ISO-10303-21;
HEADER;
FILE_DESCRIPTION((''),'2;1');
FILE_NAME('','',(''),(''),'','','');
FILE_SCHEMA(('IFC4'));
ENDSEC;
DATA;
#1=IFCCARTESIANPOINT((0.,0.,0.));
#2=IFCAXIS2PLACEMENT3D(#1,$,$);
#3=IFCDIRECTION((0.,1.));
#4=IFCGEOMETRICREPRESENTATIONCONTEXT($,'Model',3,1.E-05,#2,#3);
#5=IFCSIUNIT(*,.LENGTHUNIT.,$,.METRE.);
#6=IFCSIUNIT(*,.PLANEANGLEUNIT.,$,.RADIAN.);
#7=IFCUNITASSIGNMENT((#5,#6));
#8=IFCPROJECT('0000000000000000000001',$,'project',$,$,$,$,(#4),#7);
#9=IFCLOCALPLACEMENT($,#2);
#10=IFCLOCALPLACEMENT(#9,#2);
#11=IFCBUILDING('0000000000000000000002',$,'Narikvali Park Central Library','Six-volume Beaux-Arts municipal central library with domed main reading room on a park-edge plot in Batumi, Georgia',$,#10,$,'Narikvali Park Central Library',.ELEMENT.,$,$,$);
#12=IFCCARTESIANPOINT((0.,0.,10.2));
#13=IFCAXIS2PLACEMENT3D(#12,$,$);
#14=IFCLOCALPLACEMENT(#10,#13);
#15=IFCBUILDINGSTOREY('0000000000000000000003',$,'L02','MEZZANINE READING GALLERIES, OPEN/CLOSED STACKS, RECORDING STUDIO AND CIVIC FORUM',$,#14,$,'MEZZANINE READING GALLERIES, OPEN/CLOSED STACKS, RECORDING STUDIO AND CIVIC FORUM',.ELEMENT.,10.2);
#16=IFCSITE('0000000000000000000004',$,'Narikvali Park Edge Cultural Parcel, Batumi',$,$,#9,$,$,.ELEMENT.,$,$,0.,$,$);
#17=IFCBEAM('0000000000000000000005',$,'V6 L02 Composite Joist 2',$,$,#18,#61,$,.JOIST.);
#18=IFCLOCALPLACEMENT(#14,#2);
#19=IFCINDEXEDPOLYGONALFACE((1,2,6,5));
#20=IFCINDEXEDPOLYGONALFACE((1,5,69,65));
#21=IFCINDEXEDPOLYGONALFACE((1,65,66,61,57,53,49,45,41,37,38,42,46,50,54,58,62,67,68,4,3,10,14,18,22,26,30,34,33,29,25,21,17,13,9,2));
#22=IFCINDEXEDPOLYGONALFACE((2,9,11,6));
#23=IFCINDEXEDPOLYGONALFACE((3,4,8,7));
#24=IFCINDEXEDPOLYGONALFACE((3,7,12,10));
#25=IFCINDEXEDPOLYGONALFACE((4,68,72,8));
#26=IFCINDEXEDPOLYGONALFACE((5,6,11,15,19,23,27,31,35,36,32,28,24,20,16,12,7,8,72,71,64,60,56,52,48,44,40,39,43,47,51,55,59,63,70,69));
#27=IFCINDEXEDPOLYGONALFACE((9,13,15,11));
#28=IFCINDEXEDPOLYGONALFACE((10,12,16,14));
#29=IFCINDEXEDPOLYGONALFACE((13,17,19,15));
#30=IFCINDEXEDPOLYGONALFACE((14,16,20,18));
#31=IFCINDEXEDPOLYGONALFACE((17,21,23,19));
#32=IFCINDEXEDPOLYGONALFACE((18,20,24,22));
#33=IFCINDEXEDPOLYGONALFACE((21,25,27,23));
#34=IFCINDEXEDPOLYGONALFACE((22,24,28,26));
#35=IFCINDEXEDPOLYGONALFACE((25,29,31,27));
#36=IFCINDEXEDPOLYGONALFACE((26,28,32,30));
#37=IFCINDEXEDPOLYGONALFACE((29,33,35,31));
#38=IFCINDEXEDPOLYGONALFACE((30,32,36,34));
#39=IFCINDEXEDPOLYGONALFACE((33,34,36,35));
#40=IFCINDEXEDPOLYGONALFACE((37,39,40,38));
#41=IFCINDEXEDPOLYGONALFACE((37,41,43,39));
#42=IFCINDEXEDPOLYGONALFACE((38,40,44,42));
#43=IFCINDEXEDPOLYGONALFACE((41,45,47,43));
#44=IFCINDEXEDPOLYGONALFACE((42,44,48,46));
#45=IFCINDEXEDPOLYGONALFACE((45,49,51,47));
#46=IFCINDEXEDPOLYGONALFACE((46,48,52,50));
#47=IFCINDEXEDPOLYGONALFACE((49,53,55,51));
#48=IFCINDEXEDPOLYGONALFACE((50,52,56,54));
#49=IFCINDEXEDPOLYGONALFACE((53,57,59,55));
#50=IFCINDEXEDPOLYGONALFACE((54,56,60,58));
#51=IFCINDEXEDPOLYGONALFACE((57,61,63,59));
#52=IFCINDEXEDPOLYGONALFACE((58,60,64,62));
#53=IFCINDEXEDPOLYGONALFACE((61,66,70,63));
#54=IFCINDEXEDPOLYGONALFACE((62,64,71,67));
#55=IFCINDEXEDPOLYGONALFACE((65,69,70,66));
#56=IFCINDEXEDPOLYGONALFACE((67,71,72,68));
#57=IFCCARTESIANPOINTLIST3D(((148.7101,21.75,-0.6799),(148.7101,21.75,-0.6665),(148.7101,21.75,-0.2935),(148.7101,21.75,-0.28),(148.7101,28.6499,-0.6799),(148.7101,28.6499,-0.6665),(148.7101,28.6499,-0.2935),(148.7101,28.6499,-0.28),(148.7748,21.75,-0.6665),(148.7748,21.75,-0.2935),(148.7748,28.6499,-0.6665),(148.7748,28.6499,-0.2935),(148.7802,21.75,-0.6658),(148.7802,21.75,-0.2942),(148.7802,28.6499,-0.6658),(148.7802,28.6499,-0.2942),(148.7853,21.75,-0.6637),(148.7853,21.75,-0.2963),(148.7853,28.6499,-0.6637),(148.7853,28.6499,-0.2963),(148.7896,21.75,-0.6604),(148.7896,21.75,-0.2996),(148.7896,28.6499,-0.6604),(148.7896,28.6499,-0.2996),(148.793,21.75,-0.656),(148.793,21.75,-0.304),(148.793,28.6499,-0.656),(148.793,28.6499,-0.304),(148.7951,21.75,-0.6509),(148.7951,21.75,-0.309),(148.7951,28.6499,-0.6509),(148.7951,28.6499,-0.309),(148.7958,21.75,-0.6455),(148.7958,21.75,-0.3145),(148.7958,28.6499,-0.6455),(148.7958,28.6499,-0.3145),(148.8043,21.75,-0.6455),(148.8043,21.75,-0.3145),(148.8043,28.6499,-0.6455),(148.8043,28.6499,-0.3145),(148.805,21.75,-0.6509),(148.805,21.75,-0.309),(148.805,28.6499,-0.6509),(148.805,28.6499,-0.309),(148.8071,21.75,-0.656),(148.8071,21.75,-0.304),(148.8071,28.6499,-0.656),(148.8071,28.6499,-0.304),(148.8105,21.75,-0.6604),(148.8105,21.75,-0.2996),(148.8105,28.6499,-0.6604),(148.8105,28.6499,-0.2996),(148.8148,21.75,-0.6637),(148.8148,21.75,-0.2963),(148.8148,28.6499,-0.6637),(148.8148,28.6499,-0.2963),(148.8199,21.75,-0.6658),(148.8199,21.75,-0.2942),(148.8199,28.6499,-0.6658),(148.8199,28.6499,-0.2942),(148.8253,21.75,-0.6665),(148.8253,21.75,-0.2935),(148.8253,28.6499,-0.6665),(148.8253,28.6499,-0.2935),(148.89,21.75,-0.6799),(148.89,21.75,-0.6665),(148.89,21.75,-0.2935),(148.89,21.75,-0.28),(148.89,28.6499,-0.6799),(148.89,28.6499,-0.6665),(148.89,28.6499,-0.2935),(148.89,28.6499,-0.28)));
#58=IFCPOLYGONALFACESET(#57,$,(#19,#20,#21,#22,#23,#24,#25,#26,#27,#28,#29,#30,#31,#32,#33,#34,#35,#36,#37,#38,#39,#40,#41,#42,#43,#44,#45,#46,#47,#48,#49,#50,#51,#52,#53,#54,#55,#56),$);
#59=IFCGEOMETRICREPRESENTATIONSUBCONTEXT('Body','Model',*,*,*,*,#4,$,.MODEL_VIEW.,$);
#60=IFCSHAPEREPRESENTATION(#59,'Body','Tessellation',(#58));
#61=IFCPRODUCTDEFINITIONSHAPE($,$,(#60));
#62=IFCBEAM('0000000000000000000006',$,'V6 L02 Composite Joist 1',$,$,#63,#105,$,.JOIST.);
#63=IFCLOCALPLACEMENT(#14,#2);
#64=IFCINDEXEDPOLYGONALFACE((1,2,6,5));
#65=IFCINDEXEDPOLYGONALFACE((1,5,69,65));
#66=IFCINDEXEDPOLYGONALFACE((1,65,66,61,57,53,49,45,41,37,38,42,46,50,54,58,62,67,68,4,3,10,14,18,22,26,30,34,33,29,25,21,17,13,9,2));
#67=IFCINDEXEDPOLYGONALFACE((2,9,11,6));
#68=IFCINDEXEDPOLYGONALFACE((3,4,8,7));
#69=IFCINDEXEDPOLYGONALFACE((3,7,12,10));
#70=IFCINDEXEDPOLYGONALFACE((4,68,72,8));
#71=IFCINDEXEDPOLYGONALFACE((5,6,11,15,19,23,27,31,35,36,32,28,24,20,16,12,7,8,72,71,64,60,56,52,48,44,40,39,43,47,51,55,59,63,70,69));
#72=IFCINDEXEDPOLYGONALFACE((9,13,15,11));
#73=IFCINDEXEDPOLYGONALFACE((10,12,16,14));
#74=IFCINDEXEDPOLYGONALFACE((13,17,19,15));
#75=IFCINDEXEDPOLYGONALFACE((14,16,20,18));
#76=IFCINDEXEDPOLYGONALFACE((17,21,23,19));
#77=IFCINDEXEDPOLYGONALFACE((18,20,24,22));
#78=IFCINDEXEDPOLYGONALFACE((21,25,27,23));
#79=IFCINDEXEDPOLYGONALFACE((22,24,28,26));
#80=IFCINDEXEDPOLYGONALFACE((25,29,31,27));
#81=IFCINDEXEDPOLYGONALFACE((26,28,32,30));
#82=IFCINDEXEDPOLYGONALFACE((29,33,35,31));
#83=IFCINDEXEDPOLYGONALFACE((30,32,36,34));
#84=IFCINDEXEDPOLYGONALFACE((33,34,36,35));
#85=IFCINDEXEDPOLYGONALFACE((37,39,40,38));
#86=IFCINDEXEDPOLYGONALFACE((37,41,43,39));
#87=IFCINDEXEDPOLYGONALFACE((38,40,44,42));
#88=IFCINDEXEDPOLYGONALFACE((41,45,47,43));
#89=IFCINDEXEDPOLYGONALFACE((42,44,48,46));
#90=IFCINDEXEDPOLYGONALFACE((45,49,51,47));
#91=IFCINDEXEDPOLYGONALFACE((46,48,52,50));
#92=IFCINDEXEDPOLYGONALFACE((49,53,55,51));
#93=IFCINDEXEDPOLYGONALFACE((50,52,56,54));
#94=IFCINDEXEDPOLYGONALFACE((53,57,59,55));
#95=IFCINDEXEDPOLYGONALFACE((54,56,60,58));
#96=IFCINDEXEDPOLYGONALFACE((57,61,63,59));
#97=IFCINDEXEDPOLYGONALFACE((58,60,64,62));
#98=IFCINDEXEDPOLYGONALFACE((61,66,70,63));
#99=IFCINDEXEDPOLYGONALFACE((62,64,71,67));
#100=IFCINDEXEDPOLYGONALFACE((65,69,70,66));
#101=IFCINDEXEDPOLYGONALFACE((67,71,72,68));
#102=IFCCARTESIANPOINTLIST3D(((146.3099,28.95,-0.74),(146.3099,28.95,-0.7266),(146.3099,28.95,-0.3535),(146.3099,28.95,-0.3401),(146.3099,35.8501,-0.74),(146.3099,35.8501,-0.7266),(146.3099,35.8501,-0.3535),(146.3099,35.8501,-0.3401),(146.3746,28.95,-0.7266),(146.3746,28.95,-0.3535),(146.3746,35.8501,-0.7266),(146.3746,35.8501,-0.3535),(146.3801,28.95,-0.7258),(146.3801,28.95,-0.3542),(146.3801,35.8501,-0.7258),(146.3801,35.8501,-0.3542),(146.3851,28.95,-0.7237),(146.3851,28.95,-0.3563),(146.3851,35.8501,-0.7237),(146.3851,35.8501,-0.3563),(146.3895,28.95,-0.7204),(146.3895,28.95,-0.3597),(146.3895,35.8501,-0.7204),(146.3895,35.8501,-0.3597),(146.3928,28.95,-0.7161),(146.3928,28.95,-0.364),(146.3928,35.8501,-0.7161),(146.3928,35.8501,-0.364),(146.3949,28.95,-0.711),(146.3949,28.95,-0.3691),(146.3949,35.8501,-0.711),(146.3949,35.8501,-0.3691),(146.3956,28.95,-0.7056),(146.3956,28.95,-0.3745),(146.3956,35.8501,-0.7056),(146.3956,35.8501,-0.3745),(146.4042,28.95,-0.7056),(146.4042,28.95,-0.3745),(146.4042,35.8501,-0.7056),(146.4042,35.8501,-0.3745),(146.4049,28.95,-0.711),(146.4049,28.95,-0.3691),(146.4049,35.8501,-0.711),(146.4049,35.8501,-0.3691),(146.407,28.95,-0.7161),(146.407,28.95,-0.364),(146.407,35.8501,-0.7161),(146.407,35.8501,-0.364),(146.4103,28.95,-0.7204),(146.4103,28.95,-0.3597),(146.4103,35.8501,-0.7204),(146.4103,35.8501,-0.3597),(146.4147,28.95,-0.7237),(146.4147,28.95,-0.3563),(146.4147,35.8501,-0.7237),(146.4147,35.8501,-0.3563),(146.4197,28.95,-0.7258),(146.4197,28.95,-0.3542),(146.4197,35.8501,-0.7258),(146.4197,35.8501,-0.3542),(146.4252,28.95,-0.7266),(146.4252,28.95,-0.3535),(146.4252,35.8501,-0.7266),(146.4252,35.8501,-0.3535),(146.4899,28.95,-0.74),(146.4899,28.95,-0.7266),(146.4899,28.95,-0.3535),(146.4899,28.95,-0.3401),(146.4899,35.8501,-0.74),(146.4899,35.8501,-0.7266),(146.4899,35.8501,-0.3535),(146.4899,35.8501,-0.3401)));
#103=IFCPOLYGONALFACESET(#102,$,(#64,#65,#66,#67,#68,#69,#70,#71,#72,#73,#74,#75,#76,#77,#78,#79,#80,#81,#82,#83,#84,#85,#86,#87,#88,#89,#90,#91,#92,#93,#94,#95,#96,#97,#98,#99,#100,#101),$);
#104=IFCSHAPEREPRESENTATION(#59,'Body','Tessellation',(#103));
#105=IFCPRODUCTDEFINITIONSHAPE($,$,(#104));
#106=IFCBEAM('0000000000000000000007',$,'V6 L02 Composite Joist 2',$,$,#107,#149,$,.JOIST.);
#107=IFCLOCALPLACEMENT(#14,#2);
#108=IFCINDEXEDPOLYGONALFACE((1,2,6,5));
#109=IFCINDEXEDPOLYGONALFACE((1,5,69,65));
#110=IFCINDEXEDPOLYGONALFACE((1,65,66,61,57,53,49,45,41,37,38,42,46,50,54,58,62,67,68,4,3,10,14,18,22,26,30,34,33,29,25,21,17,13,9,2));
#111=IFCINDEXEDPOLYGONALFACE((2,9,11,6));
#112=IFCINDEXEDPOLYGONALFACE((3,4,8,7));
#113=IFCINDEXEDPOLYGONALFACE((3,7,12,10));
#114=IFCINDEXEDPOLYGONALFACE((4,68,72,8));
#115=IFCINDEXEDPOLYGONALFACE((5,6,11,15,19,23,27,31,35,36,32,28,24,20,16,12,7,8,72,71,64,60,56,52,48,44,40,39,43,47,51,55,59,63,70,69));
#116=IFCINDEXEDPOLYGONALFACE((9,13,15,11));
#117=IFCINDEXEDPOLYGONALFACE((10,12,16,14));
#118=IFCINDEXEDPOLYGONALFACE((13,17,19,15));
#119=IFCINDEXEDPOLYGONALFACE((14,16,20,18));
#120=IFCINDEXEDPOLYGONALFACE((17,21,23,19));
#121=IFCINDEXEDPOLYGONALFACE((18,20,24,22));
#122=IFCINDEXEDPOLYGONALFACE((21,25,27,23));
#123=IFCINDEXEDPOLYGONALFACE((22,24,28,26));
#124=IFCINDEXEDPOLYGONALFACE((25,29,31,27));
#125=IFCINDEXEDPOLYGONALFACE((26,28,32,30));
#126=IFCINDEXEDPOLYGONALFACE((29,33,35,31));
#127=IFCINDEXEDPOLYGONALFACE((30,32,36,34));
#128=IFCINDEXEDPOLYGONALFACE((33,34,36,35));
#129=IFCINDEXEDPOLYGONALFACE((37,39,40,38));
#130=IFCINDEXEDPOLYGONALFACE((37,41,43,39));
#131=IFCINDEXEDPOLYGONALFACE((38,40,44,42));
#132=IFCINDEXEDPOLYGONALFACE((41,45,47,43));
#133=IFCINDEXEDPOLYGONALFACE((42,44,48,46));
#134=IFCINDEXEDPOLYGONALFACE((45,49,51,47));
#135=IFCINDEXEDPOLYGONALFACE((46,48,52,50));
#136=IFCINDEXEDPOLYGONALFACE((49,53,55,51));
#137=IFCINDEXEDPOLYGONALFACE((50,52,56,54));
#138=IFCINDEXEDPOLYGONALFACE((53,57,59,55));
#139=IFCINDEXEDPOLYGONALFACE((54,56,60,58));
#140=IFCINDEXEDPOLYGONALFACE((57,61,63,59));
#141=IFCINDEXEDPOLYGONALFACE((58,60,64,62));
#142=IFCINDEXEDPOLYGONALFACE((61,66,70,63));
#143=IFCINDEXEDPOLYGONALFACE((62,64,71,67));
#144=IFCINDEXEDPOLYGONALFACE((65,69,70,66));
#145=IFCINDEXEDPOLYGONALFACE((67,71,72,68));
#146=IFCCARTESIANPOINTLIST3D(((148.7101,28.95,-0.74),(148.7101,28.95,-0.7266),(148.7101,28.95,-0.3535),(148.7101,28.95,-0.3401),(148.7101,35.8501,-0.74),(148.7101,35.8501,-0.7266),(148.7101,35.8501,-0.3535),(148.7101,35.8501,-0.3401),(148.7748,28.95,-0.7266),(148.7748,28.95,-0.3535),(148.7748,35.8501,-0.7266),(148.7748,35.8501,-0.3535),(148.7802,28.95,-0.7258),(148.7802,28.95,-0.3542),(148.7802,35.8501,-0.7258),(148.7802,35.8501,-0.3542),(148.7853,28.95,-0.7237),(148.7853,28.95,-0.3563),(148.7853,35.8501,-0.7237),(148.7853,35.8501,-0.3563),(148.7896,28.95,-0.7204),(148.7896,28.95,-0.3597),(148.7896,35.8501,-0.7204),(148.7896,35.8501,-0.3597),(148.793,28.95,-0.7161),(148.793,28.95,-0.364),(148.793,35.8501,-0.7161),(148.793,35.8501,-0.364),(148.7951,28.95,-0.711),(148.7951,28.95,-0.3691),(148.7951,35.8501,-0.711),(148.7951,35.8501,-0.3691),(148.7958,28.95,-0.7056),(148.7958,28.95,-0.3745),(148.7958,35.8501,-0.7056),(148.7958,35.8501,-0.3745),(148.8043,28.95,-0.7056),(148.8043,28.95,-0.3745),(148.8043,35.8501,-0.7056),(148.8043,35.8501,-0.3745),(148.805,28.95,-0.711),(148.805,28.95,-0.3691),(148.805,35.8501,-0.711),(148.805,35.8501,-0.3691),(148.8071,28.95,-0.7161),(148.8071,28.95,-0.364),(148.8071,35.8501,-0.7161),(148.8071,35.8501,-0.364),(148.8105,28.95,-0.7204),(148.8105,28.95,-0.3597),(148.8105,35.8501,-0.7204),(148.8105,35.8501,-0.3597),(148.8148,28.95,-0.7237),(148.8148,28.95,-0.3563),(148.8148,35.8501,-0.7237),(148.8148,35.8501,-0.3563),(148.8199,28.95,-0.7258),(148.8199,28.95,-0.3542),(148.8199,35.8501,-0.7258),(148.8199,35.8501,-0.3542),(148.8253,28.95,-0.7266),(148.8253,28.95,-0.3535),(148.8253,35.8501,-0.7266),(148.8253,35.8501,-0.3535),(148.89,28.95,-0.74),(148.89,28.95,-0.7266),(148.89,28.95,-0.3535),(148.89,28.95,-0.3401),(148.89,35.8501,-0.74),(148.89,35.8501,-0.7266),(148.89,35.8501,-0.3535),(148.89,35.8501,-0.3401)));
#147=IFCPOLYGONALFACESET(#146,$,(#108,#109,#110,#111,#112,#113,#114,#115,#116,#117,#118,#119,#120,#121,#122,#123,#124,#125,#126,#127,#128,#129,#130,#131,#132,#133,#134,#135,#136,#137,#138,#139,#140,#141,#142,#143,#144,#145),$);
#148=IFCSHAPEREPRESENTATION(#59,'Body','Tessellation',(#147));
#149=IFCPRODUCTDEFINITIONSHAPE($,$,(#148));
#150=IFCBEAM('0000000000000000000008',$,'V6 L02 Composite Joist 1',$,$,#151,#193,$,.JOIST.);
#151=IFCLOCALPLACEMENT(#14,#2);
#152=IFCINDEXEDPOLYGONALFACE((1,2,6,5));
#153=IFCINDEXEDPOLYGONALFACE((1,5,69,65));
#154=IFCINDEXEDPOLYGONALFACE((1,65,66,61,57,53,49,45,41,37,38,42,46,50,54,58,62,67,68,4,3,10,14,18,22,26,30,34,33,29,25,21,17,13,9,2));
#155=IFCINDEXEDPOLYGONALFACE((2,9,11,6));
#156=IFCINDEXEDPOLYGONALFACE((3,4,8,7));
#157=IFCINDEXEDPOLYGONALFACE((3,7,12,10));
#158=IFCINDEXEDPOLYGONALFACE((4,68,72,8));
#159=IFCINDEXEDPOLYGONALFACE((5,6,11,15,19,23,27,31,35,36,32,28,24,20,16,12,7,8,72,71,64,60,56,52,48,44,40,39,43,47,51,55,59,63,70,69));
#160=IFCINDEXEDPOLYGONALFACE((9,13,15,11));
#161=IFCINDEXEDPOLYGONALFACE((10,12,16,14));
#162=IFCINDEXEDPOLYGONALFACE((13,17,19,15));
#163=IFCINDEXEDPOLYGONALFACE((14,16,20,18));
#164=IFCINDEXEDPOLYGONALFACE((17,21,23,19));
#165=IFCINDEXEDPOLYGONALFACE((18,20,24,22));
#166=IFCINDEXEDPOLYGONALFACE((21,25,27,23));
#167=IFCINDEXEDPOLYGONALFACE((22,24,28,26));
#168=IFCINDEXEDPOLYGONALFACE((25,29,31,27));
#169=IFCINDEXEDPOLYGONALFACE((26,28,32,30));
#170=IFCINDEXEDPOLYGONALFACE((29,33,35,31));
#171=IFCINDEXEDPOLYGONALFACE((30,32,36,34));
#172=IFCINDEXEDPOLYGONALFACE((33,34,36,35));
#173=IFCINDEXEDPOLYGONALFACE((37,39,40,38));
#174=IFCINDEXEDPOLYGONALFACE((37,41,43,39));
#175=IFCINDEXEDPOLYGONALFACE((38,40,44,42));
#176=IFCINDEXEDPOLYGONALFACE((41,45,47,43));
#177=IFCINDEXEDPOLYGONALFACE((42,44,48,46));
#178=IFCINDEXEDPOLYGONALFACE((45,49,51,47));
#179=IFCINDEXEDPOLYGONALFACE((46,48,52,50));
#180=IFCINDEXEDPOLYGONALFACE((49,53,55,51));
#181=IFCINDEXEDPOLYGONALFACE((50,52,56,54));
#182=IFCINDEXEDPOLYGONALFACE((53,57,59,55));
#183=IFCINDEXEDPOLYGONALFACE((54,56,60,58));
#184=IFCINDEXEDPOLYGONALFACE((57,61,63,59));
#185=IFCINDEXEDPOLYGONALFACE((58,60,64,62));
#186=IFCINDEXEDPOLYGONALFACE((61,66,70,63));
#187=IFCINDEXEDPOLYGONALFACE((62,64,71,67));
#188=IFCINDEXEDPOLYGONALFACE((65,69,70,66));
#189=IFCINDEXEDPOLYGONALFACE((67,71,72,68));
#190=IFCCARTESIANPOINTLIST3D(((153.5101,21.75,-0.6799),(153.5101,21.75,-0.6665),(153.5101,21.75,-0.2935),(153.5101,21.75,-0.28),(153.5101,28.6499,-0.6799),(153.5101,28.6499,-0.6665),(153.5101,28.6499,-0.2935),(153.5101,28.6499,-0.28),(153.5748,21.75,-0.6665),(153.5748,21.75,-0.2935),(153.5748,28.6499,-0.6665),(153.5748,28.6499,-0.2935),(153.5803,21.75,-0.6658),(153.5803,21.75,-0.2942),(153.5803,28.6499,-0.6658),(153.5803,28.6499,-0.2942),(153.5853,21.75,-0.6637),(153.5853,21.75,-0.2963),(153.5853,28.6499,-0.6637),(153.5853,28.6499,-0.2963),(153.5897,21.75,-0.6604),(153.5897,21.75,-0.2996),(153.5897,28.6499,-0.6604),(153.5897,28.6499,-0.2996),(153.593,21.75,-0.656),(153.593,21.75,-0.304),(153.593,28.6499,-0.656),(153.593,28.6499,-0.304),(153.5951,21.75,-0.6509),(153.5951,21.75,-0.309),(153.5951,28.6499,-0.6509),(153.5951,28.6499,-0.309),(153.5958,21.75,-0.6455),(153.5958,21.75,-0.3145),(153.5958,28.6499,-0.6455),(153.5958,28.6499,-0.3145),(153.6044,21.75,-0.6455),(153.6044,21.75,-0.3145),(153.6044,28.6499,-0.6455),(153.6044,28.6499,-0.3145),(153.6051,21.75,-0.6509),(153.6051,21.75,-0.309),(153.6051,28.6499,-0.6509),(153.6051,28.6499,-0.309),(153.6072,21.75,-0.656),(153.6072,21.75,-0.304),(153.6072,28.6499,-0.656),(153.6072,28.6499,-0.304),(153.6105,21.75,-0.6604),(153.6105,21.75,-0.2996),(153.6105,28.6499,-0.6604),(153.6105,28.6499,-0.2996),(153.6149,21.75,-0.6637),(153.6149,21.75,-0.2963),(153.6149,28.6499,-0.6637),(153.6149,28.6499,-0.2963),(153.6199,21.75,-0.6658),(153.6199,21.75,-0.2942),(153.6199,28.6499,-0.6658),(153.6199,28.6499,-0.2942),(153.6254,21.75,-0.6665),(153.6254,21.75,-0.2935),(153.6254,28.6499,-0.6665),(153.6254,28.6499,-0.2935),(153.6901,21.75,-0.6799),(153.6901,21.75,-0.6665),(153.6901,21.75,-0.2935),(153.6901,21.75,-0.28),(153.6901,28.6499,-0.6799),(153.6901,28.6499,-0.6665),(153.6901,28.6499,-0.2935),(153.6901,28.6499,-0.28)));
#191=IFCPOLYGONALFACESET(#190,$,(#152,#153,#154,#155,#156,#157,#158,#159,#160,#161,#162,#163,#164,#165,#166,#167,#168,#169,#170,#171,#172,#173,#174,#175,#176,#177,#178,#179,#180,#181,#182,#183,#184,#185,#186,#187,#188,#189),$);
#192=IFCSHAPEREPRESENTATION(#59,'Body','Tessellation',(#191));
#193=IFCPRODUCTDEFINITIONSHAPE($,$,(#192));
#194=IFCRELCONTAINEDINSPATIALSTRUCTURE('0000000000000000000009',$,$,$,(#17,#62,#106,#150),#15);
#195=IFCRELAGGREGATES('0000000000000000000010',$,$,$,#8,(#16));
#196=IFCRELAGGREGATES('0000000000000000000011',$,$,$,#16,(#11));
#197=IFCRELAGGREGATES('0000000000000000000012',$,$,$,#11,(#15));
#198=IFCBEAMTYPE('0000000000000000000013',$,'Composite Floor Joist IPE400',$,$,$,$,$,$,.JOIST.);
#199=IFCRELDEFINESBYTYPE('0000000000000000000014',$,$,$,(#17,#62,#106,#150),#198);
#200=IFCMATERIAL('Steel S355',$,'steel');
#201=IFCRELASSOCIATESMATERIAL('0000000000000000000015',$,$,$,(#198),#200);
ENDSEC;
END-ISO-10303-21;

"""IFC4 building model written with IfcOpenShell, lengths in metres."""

from ifc_helpers import new_model, si_unit, direction, frame, origin, origin_2d, place, context, subcontext, project, spatial, i_section, extrude, material, material_profile, profile_set, type_object, element, save


model = new_model("IFC4")

# Units and contexts
model_context = context("Model", 3, precision=1e-05, world=origin(), true_north=direction((0.0, 1.0)))
body_context = subcontext(model_context, "Body", "Model", "MODEL_VIEW")
ifc_project = project(units=[si_unit("LENGTHUNIT", "METRE"), si_unit("PLANEANGLEUNIT", "RADIAN")], contexts=[model_context])

# Site, building, storey
site_placement = place(None, origin())
site = spatial("IfcSite", under=ifc_project, at=site_placement, Name="Narikvali Park Edge Cultural Parcel, Batumi", CompositionType="ELEMENT", RefElevation=0.0)
building_placement = place(site_placement, origin())
building = spatial("IfcBuilding", under=site, at=building_placement, Name="Narikvali Park Central Library", Description="Six-volume Beaux-Arts municipal central library with domed main reading room on a park-edge plot in Batumi, Georgia", LongName="Narikvali Park Central Library", CompositionType="ELEMENT")
storey_placement = place(building_placement, frame((0.0, 0.0, 10.2)))
storey = spatial("IfcBuildingStorey", under=building, at=storey_placement, Name="L02", Description="MEZZANINE READING GALLERIES, OPEN/CLOSED STACKS, RECORDING STUDIO AND CIVIC FORUM", LongName="MEZZANINE READING GALLERIES, OPEN/CLOSED STACKS, RECORDING STUDIO AND CIVIC FORUM", CompositionType="ELEMENT", Elevation=10.2)

# Shared definitions
ifc_material_1 = material(Name="Steel S355", Category="steel")

# Beams
ifc_material_profile_1 = material_profile(ifc_material_1, i_section(OverallWidth=0.1799, OverallDepth=0.3999, WebThickness=0.0085, FlangeThickness=0.0134, FilletRadius=0.021, at=origin_2d()), Name="IPE 400")
ifc_profile_set_1 = profile_set([ifc_material_profile_1], Name="Steel S355")
beam_type_1 = type_object("IfcBeamType", Name="Composite Floor Joist IPE400", PredefinedType="JOIST", material=ifc_profile_set_1)
for number, where, z_axis, x_axis, name in (
    (1, (148.8, 21.75, -0.48), (0.0, 1.0, 0.0), (-1.0, 0.0, 0.0), "V6 L02 Composite Joist 2"),
):
    element("IfcBeam", number, at=place(storey_placement, frame(where, z_axis=z_axis, x_axis=x_axis)), inside=storey, type_object=beam_type_1, Name=name, PredefinedType="JOIST", context=body_context, shape_type="SweptSolid", body=[
        extrude(i_section(OverallWidth=0.1799, OverallDepth=0.3999, WebThickness=0.0085, FlangeThickness=0.0134, FilletRadius=0.021, at=origin_2d()), origin(), (0.0, 0.0, 1.0), 6.8999),
    ])
for number, where, z_axis, x_axis, name in (
    (2, (146.3999, 28.95, -0.54), (0.0, 1.0, 0.0), (-1.0, 0.0, 0.0), "V6 L02 Composite Joist 1"),
    (3, (148.8, 28.95, -0.54), (0.0, 1.0, 0.0), (-1.0, 0.0, 0.0), "V6 L02 Composite Joist 2"),
):
    element("IfcBeam", number, at=place(storey_placement, frame(where, z_axis=z_axis, x_axis=x_axis)), inside=storey, type_object=beam_type_1, Name=name, PredefinedType="JOIST", context=body_context, shape_type="SweptSolid", body=[
        extrude(i_section(OverallWidth=0.1799, OverallDepth=0.3999, WebThickness=0.0085, FlangeThickness=0.0134, FilletRadius=0.021, at=origin_2d()), origin(), (0.0, 0.0, 1.0), 6.9001),
    ])
for number, where, z_axis, x_axis, name in (
    (4, (153.6001, 21.75, -0.48), (0.0, 1.0, 0.0), (-1.0, 0.0, 0.0), "V6 L02 Composite Joist 1"),
):
    element("IfcBeam", number, at=place(storey_placement, frame(where, z_axis=z_axis, x_axis=x_axis)), inside=storey, type_object=beam_type_1, Name=name, PredefinedType="JOIST", context=body_context, shape_type="SweptSolid", body=[
        extrude(i_section(OverallWidth=0.1799, OverallDepth=0.3999, WebThickness=0.0085, FlangeThickness=0.0134, FilletRadius=0.021, at=origin_2d()), origin(), (0.0, 0.0, 1.0), 6.8999),
    ])

save(model, "model.ifc")
